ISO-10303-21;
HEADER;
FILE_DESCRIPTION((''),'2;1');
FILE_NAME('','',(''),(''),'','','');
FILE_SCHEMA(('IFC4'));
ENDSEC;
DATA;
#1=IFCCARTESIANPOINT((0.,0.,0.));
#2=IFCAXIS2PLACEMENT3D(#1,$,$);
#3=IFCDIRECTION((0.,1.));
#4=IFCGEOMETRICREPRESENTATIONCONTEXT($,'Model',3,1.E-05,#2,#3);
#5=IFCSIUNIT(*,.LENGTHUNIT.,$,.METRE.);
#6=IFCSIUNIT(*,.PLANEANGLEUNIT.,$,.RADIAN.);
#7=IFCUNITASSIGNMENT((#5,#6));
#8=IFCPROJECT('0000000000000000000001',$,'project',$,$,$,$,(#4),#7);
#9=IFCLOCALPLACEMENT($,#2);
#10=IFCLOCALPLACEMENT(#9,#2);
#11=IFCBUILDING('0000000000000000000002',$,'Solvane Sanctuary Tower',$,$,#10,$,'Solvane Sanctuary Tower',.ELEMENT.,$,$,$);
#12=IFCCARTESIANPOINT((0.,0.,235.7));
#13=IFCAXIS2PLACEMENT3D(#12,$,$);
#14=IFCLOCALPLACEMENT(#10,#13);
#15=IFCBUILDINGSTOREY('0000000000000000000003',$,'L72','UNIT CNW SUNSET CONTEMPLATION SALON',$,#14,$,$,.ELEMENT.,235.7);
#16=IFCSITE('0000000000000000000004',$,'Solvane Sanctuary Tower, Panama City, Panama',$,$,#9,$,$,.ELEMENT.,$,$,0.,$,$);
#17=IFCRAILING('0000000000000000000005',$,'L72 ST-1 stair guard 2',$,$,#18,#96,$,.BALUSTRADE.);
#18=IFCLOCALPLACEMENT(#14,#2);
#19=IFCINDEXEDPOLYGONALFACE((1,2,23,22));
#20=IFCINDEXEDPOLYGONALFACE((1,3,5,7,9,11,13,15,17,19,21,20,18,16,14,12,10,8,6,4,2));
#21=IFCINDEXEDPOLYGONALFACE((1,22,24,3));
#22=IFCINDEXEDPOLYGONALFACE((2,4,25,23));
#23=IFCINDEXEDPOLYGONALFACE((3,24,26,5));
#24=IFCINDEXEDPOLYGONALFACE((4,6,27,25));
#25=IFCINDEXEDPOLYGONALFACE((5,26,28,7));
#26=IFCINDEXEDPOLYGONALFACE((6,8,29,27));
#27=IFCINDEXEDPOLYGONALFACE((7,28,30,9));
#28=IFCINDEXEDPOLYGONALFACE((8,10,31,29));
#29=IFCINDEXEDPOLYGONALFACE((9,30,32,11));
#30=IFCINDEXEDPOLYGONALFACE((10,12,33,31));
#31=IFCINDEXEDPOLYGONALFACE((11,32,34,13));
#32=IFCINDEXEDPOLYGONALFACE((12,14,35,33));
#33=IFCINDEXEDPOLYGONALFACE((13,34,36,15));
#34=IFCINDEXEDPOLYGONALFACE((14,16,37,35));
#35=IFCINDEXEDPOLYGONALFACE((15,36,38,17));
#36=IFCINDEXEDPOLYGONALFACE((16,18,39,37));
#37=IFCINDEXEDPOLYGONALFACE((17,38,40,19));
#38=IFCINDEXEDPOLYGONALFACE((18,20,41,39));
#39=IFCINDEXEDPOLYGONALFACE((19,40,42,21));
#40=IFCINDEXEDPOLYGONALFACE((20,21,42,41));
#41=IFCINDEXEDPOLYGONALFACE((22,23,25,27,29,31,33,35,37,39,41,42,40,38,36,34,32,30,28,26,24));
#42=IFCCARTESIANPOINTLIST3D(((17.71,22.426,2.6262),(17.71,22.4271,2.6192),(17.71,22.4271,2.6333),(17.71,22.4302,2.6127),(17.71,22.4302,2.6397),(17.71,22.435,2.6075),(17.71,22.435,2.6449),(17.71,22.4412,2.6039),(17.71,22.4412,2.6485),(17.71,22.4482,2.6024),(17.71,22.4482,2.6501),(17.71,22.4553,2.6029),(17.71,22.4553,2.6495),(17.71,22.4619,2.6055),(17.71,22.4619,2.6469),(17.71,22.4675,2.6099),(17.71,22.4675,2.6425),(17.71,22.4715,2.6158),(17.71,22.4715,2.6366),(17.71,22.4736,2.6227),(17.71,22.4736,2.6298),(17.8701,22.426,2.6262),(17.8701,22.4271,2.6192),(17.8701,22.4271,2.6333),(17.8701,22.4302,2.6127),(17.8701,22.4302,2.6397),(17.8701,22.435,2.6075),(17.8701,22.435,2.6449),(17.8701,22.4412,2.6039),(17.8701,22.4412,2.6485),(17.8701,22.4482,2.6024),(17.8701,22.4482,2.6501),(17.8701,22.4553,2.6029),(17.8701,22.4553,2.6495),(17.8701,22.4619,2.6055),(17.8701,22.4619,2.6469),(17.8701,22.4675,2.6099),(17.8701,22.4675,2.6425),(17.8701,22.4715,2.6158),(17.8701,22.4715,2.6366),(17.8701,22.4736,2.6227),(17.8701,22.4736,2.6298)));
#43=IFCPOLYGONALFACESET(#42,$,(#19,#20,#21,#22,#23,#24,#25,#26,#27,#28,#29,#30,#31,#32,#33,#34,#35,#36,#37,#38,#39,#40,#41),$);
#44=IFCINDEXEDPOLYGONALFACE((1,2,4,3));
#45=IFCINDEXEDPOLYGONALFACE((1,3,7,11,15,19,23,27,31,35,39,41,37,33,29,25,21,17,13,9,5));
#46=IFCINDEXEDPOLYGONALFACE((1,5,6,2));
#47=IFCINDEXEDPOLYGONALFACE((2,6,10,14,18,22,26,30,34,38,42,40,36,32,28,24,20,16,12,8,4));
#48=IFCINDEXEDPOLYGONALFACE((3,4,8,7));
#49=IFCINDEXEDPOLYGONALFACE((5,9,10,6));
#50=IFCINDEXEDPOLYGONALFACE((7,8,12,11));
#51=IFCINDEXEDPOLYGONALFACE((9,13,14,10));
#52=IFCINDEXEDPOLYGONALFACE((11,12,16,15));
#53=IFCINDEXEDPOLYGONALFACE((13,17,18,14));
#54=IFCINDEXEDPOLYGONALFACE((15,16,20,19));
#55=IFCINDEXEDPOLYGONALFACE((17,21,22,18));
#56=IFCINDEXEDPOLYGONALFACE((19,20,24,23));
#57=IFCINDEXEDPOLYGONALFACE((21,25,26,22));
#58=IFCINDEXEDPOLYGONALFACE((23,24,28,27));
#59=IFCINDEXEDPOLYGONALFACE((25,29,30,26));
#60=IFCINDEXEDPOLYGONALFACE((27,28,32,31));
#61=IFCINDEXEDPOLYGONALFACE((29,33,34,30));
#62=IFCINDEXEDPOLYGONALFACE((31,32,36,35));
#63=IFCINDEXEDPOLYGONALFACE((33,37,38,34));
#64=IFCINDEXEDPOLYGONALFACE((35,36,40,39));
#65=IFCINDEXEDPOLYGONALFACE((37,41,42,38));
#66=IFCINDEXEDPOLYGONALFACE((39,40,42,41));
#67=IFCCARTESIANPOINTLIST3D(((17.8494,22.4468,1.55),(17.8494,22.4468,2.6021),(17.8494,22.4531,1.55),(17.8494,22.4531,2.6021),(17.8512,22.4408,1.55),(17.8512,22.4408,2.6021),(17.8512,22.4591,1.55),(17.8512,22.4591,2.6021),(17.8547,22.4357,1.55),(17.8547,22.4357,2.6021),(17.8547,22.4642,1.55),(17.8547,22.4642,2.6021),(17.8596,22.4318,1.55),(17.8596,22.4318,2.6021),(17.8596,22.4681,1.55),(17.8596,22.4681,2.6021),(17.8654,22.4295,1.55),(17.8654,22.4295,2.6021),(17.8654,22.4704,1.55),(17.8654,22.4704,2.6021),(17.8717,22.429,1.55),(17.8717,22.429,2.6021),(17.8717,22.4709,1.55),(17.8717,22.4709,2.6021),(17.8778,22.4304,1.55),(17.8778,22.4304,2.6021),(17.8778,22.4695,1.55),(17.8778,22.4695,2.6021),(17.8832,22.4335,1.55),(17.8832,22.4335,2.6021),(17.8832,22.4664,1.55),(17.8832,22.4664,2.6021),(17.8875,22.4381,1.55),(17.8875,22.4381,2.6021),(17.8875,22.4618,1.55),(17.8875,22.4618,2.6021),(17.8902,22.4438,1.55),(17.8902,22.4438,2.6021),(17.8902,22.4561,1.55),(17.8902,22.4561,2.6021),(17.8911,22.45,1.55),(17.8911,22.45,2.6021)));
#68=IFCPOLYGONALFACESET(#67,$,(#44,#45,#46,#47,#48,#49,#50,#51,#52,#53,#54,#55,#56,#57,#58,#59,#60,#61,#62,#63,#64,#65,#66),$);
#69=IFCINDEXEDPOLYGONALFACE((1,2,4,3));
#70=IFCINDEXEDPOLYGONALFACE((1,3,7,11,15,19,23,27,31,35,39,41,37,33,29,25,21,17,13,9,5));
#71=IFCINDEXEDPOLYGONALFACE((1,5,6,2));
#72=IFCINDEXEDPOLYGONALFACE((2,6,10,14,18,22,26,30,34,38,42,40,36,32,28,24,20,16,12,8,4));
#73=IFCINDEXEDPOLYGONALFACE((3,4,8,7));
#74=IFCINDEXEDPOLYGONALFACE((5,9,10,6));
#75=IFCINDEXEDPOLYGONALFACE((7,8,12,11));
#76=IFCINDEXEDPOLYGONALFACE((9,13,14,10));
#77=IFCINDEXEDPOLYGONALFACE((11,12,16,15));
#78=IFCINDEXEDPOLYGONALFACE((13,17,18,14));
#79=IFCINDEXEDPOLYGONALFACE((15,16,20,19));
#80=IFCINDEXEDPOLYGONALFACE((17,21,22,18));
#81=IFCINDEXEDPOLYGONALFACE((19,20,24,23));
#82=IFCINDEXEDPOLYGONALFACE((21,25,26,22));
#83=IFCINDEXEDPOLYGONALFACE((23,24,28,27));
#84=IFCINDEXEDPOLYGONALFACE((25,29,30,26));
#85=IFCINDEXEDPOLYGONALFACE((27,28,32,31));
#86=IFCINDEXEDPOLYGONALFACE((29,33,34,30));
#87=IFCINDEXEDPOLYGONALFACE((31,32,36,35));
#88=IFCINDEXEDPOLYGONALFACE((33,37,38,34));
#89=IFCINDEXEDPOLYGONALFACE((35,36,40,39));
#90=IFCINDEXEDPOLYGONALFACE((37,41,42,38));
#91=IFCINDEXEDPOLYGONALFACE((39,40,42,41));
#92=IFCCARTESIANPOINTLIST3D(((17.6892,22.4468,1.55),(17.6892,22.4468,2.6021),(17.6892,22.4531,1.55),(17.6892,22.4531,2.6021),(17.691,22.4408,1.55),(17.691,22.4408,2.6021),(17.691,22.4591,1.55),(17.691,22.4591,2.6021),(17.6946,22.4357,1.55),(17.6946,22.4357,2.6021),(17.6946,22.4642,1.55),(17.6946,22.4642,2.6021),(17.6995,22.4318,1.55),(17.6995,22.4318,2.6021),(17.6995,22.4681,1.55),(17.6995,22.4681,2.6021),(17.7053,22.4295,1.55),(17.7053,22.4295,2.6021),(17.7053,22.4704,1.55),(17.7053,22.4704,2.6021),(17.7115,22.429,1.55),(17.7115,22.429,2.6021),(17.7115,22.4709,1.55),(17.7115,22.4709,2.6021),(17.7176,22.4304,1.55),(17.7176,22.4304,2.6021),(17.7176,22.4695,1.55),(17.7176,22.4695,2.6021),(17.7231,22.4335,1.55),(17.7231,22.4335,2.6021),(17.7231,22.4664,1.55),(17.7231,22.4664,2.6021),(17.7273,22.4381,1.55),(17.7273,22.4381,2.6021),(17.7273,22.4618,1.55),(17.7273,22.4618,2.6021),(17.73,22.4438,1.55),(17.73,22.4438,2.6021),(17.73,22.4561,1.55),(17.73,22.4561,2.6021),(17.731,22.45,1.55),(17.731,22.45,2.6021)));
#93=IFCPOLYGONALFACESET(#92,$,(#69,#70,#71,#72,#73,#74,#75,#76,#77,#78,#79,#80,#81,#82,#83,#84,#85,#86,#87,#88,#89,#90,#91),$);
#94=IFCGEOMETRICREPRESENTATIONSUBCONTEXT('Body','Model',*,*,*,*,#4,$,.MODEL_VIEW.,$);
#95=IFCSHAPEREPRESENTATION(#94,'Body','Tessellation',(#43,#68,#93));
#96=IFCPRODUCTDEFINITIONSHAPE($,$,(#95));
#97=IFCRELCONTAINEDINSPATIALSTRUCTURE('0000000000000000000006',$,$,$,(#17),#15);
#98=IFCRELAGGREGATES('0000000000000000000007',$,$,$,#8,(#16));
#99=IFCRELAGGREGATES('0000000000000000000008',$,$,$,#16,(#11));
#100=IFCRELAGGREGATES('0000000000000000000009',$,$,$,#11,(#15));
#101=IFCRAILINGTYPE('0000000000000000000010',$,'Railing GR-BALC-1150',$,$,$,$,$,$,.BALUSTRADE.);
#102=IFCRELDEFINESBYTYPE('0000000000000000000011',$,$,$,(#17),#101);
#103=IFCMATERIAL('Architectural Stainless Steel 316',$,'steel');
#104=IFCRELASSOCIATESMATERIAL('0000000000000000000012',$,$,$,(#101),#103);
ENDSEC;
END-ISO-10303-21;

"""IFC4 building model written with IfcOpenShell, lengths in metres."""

from ifc_helpers import new_model, si_unit, direction, frame, origin, origin_2d, place, context, subcontext, project, spatial, circle, extrude, material, type_object, element, save


model = new_model("IFC4")

# Units and contexts
model_context = context("Model", 3, precision=1e-05, world=origin(), true_north=direction((0.0, 1.0)))
body_context = subcontext(model_context, "Body", "Model", "MODEL_VIEW")
ifc_project = project(units=[si_unit("LENGTHUNIT", "METRE"), si_unit("PLANEANGLEUNIT", "RADIAN")], contexts=[model_context])

# Site, building, storey
site_placement = place(None, origin())
site = spatial("IfcSite", under=ifc_project, at=site_placement, Name="Solvane Sanctuary Tower, Panama City, Panama", CompositionType="ELEMENT", RefElevation=0.0)
building_placement = place(site_placement, origin())
building = spatial("IfcBuilding", under=site, at=building_placement, Name="Solvane Sanctuary Tower", LongName="Solvane Sanctuary Tower", CompositionType="ELEMENT")
storey_placement = place(building_placement, frame((0.0, 0.0, 235.7)))
storey = spatial("IfcBuildingStorey", under=building, at=storey_placement, Name="L72", Description="UNIT CNW SUNSET CONTEMPLATION SALON", CompositionType="ELEMENT", Elevation=235.7)

# Shared definitions
ifc_material_1 = material(Name="Architectural Stainless Steel 316", Category="steel")

# Railing
railing_type_1 = type_object("IfcRailingType", Name="Railing GR-BALC-1150", PredefinedType="BALUSTRADE", material=ifc_material_1)
railing_1_placement = place(storey_placement, frame((17.8701, 22.45, 1.55)))
element("IfcRailing", 1, at=railing_1_placement, inside=storey, type_object=railing_type_1, Name="L72 ST-1 stair guard 2", PredefinedType="BALUSTRADE", context=body_context, shape_type="SweptSolid", body=[
    extrude(circle(Radius=0.0239, at=origin_2d()), frame((0.0, 0.0, 1.0762), z_axis=(-1.0, 0.0, 0.0), x_axis=(0.0, -1.0, 0.0)), (0.0, 0.0, 1.0), 0.1602),
    extrude(circle(Radius=0.021, at=origin_2d()), origin(), (0.0, 0.0, 1.0), 1.052),
    extrude(circle(Radius=0.021, at=origin_2d()), frame((-0.1602, 0.0, 0.0)), (0.0, 0.0, 1.0), 1.052),
])

save(model, "model.ifc")
